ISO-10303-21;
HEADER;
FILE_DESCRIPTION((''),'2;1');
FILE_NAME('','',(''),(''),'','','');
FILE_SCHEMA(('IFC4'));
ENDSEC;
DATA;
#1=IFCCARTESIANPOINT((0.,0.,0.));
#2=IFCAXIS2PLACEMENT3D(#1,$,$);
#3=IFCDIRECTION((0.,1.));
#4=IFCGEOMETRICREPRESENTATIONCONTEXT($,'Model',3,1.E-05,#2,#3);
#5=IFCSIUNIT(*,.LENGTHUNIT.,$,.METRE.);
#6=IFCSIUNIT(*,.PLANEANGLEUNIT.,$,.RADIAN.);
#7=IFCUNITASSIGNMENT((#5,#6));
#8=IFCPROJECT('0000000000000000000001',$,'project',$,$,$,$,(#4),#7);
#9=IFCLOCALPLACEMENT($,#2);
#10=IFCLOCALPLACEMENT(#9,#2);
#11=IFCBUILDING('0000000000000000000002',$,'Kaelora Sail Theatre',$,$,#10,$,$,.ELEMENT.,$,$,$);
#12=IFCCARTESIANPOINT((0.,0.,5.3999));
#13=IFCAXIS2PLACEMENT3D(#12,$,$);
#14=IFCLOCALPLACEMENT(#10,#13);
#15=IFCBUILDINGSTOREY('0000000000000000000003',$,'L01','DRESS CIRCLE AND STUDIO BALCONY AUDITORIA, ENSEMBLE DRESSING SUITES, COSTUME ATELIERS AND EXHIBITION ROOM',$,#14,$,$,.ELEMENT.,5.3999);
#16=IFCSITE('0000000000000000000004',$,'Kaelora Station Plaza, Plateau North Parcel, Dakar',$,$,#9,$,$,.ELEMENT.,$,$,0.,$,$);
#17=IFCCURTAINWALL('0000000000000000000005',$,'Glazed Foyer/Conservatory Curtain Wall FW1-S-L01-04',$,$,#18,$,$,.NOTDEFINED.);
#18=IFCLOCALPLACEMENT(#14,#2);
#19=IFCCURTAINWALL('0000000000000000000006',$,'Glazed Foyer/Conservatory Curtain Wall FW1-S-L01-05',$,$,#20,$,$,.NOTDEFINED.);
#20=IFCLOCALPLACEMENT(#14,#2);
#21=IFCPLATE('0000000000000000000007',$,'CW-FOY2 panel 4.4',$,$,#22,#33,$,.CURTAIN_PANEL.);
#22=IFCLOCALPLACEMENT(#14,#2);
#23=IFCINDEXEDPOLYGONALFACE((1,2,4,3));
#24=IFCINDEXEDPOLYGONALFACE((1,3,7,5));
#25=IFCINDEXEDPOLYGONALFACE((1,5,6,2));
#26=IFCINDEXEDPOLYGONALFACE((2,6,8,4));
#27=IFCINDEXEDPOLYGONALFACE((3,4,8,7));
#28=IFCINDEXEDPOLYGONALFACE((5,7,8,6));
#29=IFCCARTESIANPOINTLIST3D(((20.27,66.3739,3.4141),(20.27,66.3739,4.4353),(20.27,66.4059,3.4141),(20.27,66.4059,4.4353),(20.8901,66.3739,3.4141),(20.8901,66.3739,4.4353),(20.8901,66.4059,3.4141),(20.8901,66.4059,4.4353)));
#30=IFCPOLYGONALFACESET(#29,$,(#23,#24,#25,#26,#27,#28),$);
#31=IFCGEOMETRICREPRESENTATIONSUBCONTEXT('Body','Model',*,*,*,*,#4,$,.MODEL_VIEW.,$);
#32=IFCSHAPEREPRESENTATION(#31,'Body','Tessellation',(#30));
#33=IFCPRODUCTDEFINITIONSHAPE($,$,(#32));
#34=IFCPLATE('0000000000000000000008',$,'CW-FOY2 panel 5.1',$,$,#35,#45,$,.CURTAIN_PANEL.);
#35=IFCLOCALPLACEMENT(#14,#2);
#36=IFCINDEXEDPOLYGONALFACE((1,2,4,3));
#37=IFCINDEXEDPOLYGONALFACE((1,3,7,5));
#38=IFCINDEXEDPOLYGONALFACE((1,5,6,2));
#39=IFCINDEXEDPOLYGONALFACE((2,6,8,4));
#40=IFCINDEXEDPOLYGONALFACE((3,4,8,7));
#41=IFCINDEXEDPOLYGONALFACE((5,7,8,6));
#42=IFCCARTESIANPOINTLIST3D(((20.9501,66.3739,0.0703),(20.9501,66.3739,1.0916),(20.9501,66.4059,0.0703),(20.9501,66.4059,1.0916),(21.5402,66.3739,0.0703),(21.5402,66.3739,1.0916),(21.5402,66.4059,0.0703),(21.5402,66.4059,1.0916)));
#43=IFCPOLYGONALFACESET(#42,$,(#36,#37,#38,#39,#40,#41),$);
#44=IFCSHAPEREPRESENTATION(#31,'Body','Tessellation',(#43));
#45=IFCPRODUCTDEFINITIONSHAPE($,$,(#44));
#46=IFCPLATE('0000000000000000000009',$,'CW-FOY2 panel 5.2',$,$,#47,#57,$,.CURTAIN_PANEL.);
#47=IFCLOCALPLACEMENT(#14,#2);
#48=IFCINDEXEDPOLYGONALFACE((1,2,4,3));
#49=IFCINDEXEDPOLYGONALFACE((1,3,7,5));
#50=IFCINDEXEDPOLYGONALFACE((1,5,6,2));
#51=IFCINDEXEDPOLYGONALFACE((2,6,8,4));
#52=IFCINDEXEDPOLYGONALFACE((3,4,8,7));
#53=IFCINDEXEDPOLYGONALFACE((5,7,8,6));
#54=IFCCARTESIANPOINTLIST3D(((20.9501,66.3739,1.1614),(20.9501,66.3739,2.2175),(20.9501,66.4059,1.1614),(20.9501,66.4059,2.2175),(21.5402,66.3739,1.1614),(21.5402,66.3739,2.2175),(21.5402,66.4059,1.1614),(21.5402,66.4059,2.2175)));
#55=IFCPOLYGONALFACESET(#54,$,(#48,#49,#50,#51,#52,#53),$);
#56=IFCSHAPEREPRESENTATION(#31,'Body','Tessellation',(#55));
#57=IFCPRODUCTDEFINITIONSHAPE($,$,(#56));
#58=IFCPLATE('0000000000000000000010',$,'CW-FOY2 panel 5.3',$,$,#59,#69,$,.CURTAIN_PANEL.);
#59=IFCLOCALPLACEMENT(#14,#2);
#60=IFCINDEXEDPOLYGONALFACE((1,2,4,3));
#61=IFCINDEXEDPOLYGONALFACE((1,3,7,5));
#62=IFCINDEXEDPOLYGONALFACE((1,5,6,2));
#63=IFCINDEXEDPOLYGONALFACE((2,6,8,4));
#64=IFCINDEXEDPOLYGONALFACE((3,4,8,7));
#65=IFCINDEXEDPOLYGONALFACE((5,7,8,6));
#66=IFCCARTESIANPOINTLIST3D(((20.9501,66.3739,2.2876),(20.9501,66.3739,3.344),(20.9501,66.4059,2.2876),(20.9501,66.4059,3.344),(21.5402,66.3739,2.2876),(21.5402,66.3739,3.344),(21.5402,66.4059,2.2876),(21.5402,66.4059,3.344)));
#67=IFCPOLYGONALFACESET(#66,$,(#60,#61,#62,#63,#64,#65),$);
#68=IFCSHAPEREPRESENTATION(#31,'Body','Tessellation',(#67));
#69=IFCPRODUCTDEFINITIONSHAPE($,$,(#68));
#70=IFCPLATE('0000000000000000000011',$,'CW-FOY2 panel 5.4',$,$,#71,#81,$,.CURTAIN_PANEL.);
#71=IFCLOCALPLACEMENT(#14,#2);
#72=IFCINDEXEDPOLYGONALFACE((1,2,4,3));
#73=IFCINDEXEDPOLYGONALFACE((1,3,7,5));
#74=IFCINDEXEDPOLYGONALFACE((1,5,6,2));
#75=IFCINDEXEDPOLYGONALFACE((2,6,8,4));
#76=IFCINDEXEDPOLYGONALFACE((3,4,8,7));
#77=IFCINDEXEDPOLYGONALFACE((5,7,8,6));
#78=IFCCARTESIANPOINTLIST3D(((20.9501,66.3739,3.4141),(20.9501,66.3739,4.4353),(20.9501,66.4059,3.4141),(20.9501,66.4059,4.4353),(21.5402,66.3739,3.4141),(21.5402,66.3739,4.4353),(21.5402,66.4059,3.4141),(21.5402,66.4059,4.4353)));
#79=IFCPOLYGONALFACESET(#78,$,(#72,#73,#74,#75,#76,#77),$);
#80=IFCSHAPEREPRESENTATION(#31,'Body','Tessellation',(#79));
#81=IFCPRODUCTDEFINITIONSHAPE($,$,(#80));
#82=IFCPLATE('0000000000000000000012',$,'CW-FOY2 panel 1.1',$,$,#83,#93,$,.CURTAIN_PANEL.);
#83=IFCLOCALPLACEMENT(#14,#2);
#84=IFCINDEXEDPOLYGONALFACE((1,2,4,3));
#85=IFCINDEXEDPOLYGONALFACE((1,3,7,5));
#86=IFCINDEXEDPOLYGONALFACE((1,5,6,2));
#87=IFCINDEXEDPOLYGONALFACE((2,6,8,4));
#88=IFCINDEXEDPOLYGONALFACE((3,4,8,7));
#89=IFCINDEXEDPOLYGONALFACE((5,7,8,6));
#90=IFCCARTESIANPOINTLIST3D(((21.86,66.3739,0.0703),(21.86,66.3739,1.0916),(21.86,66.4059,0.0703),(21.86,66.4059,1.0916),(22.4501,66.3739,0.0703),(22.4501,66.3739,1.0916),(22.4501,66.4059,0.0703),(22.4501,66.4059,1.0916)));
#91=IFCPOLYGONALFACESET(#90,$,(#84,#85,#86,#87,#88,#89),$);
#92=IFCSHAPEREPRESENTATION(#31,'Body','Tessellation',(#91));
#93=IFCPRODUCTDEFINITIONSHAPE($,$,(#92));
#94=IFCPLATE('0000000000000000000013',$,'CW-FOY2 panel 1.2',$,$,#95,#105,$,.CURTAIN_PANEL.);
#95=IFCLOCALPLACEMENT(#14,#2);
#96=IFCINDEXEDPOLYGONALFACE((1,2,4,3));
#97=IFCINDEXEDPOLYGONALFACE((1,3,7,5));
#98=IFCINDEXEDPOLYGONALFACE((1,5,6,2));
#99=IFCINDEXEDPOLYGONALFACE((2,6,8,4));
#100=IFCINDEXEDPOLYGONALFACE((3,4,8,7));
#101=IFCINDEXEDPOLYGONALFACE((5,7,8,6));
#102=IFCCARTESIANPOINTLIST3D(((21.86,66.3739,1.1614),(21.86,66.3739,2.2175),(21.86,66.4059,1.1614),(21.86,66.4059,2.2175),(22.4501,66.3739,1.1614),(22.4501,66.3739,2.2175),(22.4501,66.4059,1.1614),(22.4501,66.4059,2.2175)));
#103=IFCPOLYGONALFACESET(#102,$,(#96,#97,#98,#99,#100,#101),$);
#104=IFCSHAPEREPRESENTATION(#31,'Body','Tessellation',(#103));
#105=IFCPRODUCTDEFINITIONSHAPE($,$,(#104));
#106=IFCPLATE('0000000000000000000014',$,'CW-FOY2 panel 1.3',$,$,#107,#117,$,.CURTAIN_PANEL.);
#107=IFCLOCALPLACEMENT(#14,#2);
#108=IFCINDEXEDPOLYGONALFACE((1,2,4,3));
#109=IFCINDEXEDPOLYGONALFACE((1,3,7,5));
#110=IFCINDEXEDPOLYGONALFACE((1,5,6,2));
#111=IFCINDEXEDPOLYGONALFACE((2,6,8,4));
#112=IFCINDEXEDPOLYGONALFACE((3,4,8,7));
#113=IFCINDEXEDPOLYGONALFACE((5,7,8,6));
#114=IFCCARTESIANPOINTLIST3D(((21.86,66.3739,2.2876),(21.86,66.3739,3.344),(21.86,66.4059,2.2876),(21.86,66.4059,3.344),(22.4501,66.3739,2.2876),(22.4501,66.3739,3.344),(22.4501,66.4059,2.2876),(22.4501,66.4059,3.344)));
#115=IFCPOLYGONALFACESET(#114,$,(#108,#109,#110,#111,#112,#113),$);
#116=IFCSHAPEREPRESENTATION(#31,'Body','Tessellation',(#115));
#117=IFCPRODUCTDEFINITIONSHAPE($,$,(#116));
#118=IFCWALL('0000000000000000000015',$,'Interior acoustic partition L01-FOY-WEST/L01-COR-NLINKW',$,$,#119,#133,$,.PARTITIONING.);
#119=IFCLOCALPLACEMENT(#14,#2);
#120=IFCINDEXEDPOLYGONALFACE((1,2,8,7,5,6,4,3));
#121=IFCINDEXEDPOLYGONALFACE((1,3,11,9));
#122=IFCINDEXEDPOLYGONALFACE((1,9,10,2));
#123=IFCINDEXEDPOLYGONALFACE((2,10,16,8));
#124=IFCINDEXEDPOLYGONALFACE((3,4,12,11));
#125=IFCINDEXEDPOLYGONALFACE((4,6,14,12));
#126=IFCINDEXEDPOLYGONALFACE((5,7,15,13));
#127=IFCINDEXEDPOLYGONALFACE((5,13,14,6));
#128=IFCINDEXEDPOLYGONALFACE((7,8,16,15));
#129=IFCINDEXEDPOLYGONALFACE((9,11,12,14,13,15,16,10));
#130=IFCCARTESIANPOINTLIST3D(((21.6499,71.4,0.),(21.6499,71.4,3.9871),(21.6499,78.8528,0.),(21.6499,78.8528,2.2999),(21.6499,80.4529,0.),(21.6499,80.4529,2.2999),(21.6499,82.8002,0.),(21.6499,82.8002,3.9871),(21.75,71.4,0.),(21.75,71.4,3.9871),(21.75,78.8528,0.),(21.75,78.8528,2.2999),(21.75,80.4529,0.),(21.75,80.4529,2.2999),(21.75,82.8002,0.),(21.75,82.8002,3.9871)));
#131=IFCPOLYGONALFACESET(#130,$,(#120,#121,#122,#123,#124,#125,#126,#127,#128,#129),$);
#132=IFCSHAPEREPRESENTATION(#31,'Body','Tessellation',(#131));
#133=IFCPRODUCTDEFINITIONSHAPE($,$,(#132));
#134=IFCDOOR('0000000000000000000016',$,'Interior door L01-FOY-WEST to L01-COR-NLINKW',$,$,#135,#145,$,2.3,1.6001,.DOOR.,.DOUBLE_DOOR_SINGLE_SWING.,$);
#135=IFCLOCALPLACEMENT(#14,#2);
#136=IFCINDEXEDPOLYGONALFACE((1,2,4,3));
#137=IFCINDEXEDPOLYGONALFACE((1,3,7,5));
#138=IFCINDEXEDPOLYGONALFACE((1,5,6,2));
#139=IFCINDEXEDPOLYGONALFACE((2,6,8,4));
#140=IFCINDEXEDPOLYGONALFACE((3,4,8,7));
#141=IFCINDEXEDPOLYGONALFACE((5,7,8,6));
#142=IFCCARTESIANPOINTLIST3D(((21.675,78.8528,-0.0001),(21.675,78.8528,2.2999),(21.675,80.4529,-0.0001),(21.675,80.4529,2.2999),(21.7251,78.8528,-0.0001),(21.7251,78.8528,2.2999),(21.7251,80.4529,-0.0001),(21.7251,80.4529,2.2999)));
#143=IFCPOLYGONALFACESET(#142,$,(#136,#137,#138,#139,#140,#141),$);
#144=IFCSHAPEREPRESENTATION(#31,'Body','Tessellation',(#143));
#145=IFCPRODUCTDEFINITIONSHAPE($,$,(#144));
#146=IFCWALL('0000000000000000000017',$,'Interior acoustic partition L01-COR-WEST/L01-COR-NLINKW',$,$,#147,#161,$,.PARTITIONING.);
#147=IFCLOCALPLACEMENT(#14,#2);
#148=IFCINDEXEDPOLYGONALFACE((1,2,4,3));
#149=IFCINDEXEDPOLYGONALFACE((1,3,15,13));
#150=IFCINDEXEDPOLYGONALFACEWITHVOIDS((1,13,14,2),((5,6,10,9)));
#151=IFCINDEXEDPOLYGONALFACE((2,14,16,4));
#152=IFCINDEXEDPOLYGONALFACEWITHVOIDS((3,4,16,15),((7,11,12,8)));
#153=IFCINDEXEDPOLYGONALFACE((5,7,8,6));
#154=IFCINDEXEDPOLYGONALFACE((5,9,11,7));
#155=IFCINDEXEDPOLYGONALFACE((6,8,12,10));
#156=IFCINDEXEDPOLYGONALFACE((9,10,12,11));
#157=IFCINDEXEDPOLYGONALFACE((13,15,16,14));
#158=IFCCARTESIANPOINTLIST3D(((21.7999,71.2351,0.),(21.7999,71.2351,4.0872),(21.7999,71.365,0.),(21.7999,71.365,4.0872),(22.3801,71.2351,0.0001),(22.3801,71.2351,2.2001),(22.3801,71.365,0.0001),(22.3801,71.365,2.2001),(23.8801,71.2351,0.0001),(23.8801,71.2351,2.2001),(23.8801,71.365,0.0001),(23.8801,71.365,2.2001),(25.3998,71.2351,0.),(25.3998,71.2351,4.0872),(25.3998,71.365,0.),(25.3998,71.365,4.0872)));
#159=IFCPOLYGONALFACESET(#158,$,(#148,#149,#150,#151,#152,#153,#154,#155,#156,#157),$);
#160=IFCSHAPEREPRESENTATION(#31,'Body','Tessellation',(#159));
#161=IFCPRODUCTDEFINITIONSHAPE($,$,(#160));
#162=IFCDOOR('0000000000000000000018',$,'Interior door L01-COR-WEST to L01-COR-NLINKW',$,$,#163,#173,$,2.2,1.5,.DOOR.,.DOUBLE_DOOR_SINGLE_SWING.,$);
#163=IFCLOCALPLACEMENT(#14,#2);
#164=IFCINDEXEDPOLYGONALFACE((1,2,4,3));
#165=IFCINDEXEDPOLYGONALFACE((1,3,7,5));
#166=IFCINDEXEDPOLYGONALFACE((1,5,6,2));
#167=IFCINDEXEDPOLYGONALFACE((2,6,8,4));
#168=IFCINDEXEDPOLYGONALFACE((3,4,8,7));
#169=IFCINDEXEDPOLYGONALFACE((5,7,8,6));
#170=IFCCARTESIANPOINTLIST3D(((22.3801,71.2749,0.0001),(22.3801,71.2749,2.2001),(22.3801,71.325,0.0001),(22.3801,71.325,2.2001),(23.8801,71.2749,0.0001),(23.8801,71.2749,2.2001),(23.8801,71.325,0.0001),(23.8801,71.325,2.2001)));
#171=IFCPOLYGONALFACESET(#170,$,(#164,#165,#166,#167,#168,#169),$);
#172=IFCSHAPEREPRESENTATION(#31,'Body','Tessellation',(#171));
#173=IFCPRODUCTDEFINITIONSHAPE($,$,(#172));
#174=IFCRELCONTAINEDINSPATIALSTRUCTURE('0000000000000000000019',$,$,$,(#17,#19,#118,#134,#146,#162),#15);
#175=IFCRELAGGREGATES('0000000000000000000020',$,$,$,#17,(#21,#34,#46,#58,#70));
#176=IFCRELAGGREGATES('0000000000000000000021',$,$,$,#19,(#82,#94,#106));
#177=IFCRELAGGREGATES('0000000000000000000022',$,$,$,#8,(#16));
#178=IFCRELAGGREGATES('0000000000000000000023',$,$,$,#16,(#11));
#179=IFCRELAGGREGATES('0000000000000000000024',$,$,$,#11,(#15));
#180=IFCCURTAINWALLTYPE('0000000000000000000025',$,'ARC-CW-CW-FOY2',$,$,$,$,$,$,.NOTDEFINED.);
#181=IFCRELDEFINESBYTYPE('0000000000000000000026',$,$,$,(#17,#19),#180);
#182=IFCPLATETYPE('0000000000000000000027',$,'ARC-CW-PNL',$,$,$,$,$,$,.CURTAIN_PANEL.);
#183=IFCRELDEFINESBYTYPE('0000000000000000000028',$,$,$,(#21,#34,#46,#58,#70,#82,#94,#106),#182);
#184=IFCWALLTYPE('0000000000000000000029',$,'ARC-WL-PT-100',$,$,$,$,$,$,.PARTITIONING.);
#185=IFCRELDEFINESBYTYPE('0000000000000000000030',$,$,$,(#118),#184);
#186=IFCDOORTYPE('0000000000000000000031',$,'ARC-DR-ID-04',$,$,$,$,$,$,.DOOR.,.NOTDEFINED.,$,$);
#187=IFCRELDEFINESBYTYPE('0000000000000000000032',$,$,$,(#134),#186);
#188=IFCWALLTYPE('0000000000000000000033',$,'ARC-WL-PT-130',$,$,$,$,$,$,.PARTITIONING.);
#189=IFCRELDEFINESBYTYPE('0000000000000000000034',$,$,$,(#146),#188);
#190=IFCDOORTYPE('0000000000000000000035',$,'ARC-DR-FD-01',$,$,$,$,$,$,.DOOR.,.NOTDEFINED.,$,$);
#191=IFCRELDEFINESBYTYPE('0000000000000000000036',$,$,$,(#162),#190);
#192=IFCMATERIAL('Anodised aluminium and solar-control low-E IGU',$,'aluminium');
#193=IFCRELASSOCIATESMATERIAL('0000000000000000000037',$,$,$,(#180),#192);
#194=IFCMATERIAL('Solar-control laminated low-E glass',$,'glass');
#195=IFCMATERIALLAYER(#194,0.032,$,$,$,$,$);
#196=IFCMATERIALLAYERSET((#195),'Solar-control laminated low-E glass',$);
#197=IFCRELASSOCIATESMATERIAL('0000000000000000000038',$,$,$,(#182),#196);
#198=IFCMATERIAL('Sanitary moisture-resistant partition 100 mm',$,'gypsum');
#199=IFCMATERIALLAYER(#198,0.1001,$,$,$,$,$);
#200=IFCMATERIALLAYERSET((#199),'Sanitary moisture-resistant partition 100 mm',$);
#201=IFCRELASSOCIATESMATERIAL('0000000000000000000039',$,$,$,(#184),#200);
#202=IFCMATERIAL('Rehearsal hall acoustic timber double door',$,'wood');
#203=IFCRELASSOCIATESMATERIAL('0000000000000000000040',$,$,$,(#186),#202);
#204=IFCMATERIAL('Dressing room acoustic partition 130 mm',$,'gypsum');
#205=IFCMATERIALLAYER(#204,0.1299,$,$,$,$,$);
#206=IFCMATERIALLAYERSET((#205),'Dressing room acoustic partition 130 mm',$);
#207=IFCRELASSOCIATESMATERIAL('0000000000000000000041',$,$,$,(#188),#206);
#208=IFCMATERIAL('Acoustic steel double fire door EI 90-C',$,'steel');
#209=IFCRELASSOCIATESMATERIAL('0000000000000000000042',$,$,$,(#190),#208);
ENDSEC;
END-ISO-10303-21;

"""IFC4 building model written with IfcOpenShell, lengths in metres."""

from ifc_helpers import new_model, si_unit, direction, frame, frame_2d, origin, origin_2d, place, context, subcontext, project, spatial, rectangle, extrude, material, layer, layer_set, type_object, element, fill, aggregate, save


model = new_model("IFC4")

# Units and contexts
model_context = context("Model", 3, precision=1e-05, world=origin(), true_north=direction((0.0, 1.0)))
body_context = subcontext(model_context, "Body", "Model", "MODEL_VIEW")
ifc_project = project(units=[si_unit("LENGTHUNIT", "METRE"), si_unit("PLANEANGLEUNIT", "RADIAN")], contexts=[model_context])

# Site, building, storey
site_placement = place(None, origin())
site = spatial("IfcSite", under=ifc_project, at=site_placement, Name="Kaelora Station Plaza, Plateau North Parcel, Dakar", CompositionType="ELEMENT", RefElevation=0.0)
building_placement = place(site_placement, origin())
building = spatial("IfcBuilding", under=site, at=building_placement, Name="Kaelora Sail Theatre", CompositionType="ELEMENT")
storey_placement = place(building_placement, frame((0.0, 0.0, 5.3999)))
storey = spatial("IfcBuildingStorey", under=building, at=storey_placement, Name="L01", Description="DRESS CIRCLE AND STUDIO BALCONY AUDITORIA, ENSEMBLE DRESSING SUITES, COSTUME ATELIERS AND EXHIBITION ROOM", CompositionType="ELEMENT", Elevation=5.3999)

# Curtain wall
ifc_material_1 = material(Name="Anodised aluminium and solar-control low-E IGU", Category="aluminium")
curtain_wall_type = type_object("IfcCurtainWallType", Name="ARC-CW-CW-FOY2", PredefinedType="NOTDEFINED", material=ifc_material_1)
curtain_wall_1_placement = place(storey_placement, origin())
curtain_wall_1 = element("IfcCurtainWall", 1, at=curtain_wall_1_placement, inside=storey, type_object=curtain_wall_type, Name="Glazed Foyer/Conservatory Curtain Wall FW1-S-L01-04", PredefinedType="NOTDEFINED")

# Curtain wall
curtain_wall_2_placement = place(storey_placement, origin())
curtain_wall_2 = element("IfcCurtainWall", 2, at=curtain_wall_2_placement, inside=storey, type_object=curtain_wall_type, Name="Glazed Foyer/Conservatory Curtain Wall FW1-S-L01-05", PredefinedType="NOTDEFINED")

# Plates
ifc_material_2 = material(Name="Solar-control laminated low-E glass", Category="glass")
ifc_layer_1 = layer(ifc_material_2, 0.032)
ifc_layer_set_1 = layer_set([ifc_layer_1], Name="Solar-control laminated low-E glass")
plate_type = type_object("IfcPlateType", Name="ARC-CW-PNL", PredefinedType="CURTAIN_PANEL", material=ifc_layer_set_1)
plate_1_placement = place(storey_placement, frame((20.5801, 66.3899, 3.4141), z_axis=(0.0, 0.0, 1.0), x_axis=(1.0, 0.0, 0.0)))
plate_1 = element("IfcPlate", 3, at=plate_1_placement, type_object=plate_type, Name="CW-FOY2 panel 4.4", PredefinedType="CURTAIN_PANEL", context=body_context, shape_type="SweptSolid", body=[
    extrude(rectangle(XDim=0.6201, YDim=0.032, at=origin_2d()), origin(), (0.0, 0.0, 1.0), 1.0212),
])
plate_2_placement = place(storey_placement, frame((21.2451, 66.3899, 0.0703), z_axis=(0.0, 0.0, 1.0), x_axis=(1.0, 0.0, 0.0)))
plate_2 = element("IfcPlate", 4, at=plate_2_placement, type_object=plate_type, Name="CW-FOY2 panel 5.1", PredefinedType="CURTAIN_PANEL", context=body_context, shape_type="SweptSolid", body=[
    extrude(rectangle(XDim=0.5901, YDim=0.032, at=origin_2d()), origin(), (0.0, 0.0, 1.0), 1.0212),
])
plate_3_placement = place(storey_placement, frame((21.2451, 66.3899, 1.1614), z_axis=(0.0, 0.0, 1.0), x_axis=(1.0, 0.0, 0.0)))
plate_3 = element("IfcPlate", 5, at=plate_3_placement, type_object=plate_type, Name="CW-FOY2 panel 5.2", PredefinedType="CURTAIN_PANEL", context=body_context, shape_type="SweptSolid", body=[
    extrude(rectangle(XDim=0.5901, YDim=0.032, at=origin_2d()), origin(), (0.0, 0.0, 1.0), 1.0562),
])
plate_4_placement = place(storey_placement, frame((21.2451, 66.3899, 2.2876), z_axis=(0.0, 0.0, 1.0), x_axis=(1.0, 0.0, 0.0)))
plate_4 = element("IfcPlate", 6, at=plate_4_placement, type_object=plate_type, Name="CW-FOY2 panel 5.3", PredefinedType="CURTAIN_PANEL", context=body_context, shape_type="SweptSolid", body=[
    extrude(rectangle(XDim=0.5901, YDim=0.032, at=origin_2d()), origin(), (0.0, 0.0, 1.0), 1.0564),
])
plate_5_placement = place(storey_placement, frame((21.2451, 66.3899, 3.4141), z_axis=(0.0, 0.0, 1.0), x_axis=(1.0, 0.0, 0.0)))
plate_5 = element("IfcPlate", 7, at=plate_5_placement, type_object=plate_type, Name="CW-FOY2 panel 5.4", PredefinedType="CURTAIN_PANEL", context=body_context, shape_type="SweptSolid", body=[
    extrude(rectangle(XDim=0.5901, YDim=0.032, at=origin_2d()), origin(), (0.0, 0.0, 1.0), 1.0212),
])
aggregate(curtain_wall_1, [plate_1, plate_2, plate_3, plate_4, plate_5])
plate_6_placement = place(storey_placement, frame((22.155, 66.3899, 0.0703), z_axis=(0.0, 0.0, 1.0), x_axis=(1.0, 0.0, 0.0)))
plate_6 = element("IfcPlate", 8, at=plate_6_placement, type_object=plate_type, Name="CW-FOY2 panel 1.1", PredefinedType="CURTAIN_PANEL", context=body_context, shape_type="SweptSolid", body=[
    extrude(rectangle(XDim=0.5901, YDim=0.032, at=origin_2d()), origin(), (0.0, 0.0, 1.0), 1.0212),
])
plate_7_placement = place(storey_placement, frame((22.155, 66.3899, 1.1614), z_axis=(0.0, 0.0, 1.0), x_axis=(1.0, 0.0, 0.0)))
plate_7 = element("IfcPlate", 9, at=plate_7_placement, type_object=plate_type, Name="CW-FOY2 panel 1.2", PredefinedType="CURTAIN_PANEL", context=body_context, shape_type="SweptSolid", body=[
    extrude(rectangle(XDim=0.5901, YDim=0.032, at=origin_2d()), origin(), (0.0, 0.0, 1.0), 1.0562),
])
plate_8_placement = place(storey_placement, frame((22.155, 66.3899, 2.2876), z_axis=(0.0, 0.0, 1.0), x_axis=(1.0, 0.0, 0.0)))
plate_8 = element("IfcPlate", 10, at=plate_8_placement, type_object=plate_type, Name="CW-FOY2 panel 1.3", PredefinedType="CURTAIN_PANEL", context=body_context, shape_type="SweptSolid", body=[
    extrude(rectangle(XDim=0.5901, YDim=0.032, at=origin_2d()), origin(), (0.0, 0.0, 1.0), 1.0564),
])
aggregate(curtain_wall_2, [plate_6, plate_7, plate_8])

# Walls, openings, doors
ifc_material_3 = material(Name="Sanitary moisture-resistant partition 100 mm", Category="gypsum")
ifc_layer_2 = layer(ifc_material_3, 0.1001)
ifc_layer_set_2 = layer_set([ifc_layer_2], Name="Sanitary moisture-resistant partition 100 mm")
wall_type_1 = type_object("IfcWallType", Name="ARC-WL-PT-100", PredefinedType="PARTITIONING", material=ifc_layer_set_2)
wall_1_placement = place(storey_placement, frame((21.7, 71.3999, 0.0), z_axis=(0.0, 0.0, 1.0), x_axis=(0.0, 1.0, 0.0)))
wall_1 = element("IfcWall", 11, at=wall_1_placement, inside=storey, type_object=wall_type_1, Name="Interior acoustic partition L01-FOY-WEST/L01-COR-NLINKW", PredefinedType="PARTITIONING", context=body_context, shape_type="SweptSolid", body=[
    extrude(rectangle(XDim=11.4001, YDim=0.1001, at=frame_2d((5.7002, 0.0))), origin(), (0.0, 0.0, 1.0), 3.9871),
])
opening_1_placement = place(wall_1_placement, frame((7.4529, 0.0, 0.0)))
opening_1 = element("IfcOpeningElement", 12, at=opening_1_placement, cuts=wall_1, PredefinedType="OPENING", context=body_context, shape_type="SweptSolid", body=[
    extrude(rectangle(XDim=1.6001, YDim=2.3, at=frame_2d((0.8, 1.1499))), frame((0.0, 0.06, 0.0), z_axis=(0.0, -1.0, 0.0), x_axis=(1.0, 0.0, 0.0)), (0.0, 0.0, 1.0), 0.1201),
])
ifc_material_4 = material(Name="Rehearsal hall acoustic timber double door", Category="wood")
door_type_1 = type_object("IfcDoorType", Name="ARC-DR-ID-04", OperationType="NOTDEFINED", PredefinedType="DOOR", material=ifc_material_4)
door_1_placement = place(opening_1_placement, origin())
door_1 = element("IfcDoor", 13, at=door_1_placement, inside=storey, type_object=door_type_1, Name="Interior door L01-FOY-WEST to L01-COR-NLINKW", OperationType="DOUBLE_DOOR_SINGLE_SWING", OverallHeight=2.3, OverallWidth=1.6001, PredefinedType="DOOR", context=body_context, shape_type="SweptSolid", body=[
    extrude(rectangle(XDim=1.6001, YDim=2.3, at=frame_2d((0.8, 1.1499))), frame((0.0, 0.0249, 0.0), z_axis=(0.0, -1.0, 0.0), x_axis=(1.0, 0.0, 0.0)), (0.0, 0.0, 1.0), 0.05),
])
fill(opening_1, door_1)
ifc_material_5 = material(Name="Dressing room acoustic partition 130 mm", Category="gypsum")
ifc_layer_3 = layer(ifc_material_5, 0.1299)
ifc_layer_set_3 = layer_set([ifc_layer_3], Name="Dressing room acoustic partition 130 mm")
wall_type_2 = type_object("IfcWallType", Name="ARC-WL-PT-130", PredefinedType="PARTITIONING", material=ifc_layer_set_3)
wall_2_placement = place(storey_placement, frame((21.8, 71.3, 0.0), z_axis=(0.0, 0.0, 1.0), x_axis=(1.0, 0.0, 0.0)))
wall_2 = element("IfcWall", 14, at=wall_2_placement, inside=storey, type_object=wall_type_2, Name="Interior acoustic partition L01-COR-WEST/L01-COR-NLINKW", PredefinedType="PARTITIONING", context=body_context, shape_type="SweptSolid", body=[
    extrude(rectangle(XDim=3.5999, YDim=0.1299, at=frame_2d((1.7998, 0.0))), origin(), (0.0, 0.0, 1.0), 4.0872),
])
opening_2_placement = place(wall_2_placement, frame((0.5801, 0.0, 0.0)))
opening_2 = element("IfcOpeningElement", 15, at=opening_2_placement, cuts=wall_2, PredefinedType="OPENING", context=body_context, shape_type="SweptSolid", body=[
    extrude(rectangle(XDim=1.5, YDim=2.2, at=frame_2d((0.75, 1.1001))), frame((0.0, 0.0749, 0.0), z_axis=(0.0, -1.0, 0.0), x_axis=(1.0, 0.0, 0.0)), (0.0, 0.0, 1.0), 0.1499),
])
ifc_material_6 = material(Name="Acoustic steel double fire door EI 90-C", Category="steel")
door_type_2 = type_object("IfcDoorType", Name="ARC-DR-FD-01", OperationType="NOTDEFINED", PredefinedType="DOOR", material=ifc_material_6)
door_2_placement = place(opening_2_placement, origin())
door_2 = element("IfcDoor", 16, at=door_2_placement, inside=storey, type_object=door_type_2, Name="Interior door L01-COR-WEST to L01-COR-NLINKW", OperationType="DOUBLE_DOOR_SINGLE_SWING", OverallHeight=2.2, OverallWidth=1.5, PredefinedType="DOOR", context=body_context, shape_type="SweptSolid", body=[
    extrude(rectangle(XDim=1.5, YDim=2.2, at=frame_2d((0.75, 1.1001))), frame((0.0, 0.0249, 0.0), z_axis=(0.0, -1.0, 0.0), x_axis=(1.0, 0.0, 0.0)), (0.0, 0.0, 1.0), 0.05),
])
fill(opening_2, door_2)

save(model, "model.ifc")
